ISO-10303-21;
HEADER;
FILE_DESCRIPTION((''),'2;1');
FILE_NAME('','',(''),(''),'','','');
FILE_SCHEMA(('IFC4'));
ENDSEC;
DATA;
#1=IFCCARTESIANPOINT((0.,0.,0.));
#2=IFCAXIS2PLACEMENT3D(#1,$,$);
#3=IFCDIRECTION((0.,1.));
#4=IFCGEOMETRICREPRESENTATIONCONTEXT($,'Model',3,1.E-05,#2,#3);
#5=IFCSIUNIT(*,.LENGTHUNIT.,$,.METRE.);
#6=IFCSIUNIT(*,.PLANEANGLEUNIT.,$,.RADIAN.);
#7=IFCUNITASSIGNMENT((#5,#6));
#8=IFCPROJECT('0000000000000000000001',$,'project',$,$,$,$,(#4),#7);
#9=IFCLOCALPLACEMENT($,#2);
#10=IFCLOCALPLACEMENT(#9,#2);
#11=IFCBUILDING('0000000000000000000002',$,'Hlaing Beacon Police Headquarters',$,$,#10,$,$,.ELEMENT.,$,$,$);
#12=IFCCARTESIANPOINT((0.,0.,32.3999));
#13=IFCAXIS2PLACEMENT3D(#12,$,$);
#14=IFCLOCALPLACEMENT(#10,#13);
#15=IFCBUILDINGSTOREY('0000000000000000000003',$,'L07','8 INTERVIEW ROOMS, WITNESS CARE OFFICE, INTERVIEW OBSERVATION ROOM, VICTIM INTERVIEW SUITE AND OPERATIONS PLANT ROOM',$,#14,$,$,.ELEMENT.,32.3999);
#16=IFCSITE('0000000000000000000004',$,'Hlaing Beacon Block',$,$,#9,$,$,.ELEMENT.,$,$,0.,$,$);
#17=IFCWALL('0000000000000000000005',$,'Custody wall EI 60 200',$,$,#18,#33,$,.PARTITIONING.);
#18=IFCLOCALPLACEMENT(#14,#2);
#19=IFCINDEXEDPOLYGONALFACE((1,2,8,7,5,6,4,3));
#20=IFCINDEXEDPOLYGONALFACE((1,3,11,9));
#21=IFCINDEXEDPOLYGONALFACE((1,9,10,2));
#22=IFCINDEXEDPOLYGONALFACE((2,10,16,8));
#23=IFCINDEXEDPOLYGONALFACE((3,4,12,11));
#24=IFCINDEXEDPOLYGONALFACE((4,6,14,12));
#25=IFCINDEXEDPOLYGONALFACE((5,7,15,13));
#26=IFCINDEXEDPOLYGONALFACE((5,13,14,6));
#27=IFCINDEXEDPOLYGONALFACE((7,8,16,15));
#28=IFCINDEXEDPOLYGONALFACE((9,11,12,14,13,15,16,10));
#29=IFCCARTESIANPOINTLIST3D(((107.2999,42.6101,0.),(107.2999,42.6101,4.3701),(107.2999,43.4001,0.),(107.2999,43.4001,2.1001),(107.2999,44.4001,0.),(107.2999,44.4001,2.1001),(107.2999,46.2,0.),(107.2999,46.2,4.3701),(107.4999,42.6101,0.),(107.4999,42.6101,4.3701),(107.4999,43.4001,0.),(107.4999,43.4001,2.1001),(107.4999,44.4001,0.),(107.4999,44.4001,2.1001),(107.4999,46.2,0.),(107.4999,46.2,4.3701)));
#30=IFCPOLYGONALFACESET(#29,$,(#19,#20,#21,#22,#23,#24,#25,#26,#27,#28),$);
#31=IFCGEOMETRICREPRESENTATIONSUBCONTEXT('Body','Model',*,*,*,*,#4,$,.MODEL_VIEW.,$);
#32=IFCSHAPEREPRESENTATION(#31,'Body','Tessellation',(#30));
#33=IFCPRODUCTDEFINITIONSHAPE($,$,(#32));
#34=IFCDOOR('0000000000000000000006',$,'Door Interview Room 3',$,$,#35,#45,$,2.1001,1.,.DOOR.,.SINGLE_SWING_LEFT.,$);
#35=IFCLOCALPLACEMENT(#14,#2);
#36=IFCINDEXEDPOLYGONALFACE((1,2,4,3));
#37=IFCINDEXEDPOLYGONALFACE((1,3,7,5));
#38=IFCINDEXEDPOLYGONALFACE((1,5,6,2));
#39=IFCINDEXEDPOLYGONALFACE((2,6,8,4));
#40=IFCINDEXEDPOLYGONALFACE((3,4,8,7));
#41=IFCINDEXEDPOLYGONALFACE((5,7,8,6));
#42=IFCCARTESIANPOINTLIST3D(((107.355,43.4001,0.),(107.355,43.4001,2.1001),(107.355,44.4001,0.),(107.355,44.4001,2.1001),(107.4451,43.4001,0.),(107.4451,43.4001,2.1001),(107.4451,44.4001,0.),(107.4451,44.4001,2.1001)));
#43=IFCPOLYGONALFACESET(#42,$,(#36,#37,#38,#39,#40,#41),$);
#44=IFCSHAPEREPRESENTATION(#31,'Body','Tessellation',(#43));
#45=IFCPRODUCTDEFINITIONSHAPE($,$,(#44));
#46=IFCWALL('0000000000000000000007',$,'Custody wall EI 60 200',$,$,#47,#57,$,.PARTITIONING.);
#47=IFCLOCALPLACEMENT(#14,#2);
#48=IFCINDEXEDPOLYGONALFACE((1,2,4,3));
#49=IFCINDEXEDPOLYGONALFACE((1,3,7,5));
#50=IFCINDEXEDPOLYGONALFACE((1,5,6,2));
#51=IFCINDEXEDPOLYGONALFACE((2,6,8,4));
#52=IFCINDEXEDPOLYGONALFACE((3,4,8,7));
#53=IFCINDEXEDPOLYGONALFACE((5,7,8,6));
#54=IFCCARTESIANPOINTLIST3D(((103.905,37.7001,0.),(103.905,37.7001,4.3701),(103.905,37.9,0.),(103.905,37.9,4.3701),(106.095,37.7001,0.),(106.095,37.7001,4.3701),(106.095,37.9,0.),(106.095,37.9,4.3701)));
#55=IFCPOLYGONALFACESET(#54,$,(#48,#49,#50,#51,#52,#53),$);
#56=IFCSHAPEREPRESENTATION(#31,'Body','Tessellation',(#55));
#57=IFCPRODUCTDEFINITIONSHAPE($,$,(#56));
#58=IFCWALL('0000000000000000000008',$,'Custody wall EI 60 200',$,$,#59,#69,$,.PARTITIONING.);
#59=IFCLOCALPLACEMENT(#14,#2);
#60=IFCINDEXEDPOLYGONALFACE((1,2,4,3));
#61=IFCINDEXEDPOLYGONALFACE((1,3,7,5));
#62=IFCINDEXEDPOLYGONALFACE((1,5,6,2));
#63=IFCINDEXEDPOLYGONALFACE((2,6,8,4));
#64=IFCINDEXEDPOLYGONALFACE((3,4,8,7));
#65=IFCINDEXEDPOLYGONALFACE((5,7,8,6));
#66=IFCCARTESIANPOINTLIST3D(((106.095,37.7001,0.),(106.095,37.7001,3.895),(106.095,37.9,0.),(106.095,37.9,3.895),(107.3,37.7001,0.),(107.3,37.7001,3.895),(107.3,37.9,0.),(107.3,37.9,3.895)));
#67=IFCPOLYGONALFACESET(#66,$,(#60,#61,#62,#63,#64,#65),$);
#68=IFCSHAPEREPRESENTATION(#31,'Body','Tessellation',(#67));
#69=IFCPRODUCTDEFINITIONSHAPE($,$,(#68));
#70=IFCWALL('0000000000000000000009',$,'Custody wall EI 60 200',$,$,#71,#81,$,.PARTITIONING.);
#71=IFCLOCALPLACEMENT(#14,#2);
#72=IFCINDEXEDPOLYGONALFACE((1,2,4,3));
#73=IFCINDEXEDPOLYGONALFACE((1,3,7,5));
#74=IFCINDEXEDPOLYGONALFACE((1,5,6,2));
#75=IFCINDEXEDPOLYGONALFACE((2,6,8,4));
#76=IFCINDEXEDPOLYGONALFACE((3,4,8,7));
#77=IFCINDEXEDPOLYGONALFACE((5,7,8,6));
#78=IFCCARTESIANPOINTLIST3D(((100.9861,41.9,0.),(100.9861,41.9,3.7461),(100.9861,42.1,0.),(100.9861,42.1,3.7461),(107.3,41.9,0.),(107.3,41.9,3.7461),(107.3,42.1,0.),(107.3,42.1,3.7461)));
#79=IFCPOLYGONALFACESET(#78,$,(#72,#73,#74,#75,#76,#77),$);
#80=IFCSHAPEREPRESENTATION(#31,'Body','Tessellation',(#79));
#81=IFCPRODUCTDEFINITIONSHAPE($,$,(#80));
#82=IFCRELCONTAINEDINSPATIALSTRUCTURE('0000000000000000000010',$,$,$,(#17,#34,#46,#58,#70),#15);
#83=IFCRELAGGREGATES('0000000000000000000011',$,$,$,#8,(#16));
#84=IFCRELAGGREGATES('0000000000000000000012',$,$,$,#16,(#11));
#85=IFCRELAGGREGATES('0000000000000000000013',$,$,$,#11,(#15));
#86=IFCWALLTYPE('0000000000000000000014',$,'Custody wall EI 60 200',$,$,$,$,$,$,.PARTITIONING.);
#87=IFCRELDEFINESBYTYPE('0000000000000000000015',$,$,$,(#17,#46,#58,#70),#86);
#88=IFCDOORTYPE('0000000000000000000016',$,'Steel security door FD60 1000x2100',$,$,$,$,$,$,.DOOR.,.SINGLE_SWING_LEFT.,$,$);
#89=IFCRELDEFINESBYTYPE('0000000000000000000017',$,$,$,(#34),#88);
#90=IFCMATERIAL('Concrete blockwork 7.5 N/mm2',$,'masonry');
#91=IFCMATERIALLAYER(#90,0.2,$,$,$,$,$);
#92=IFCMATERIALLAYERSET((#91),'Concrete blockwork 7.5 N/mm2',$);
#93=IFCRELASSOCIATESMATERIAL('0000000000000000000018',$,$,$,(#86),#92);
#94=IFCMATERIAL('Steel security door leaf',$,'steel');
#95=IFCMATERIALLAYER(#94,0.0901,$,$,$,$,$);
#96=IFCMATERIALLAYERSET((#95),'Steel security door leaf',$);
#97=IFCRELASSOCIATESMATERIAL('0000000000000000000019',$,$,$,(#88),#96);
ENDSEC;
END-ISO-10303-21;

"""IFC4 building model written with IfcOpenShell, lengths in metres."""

from ifc_helpers import new_model, si_unit, direction, frame, frame_2d, origin, place, context, subcontext, project, spatial, rectangle, extrude, material, layer, layer_set, type_object, element, fill, save


model = new_model("IFC4")

# Units and contexts
model_context = context("Model", 3, precision=1e-05, world=origin(), true_north=direction((0.0, 1.0)))
body_context = subcontext(model_context, "Body", "Model", "MODEL_VIEW")
ifc_project = project(units=[si_unit("LENGTHUNIT", "METRE"), si_unit("PLANEANGLEUNIT", "RADIAN")], contexts=[model_context])

# Site, building, storey
site_placement = place(None, origin())
site = spatial("IfcSite", under=ifc_project, at=site_placement, Name="Hlaing Beacon Block", CompositionType="ELEMENT", RefElevation=0.0)
building_placement = place(site_placement, origin())
building = spatial("IfcBuilding", under=site, at=building_placement, Name="Hlaing Beacon Police Headquarters", CompositionType="ELEMENT")
storey_placement = place(building_placement, frame((0.0, 0.0, 32.3999)))
storey = spatial("IfcBuildingStorey", under=building, at=storey_placement, Name="L07", Description="8 INTERVIEW ROOMS, WITNESS CARE OFFICE, INTERVIEW OBSERVATION ROOM, VICTIM INTERVIEW SUITE AND OPERATIONS PLANT ROOM", CompositionType="ELEMENT", Elevation=32.3999)

# Shared definitions
ifc_material_1 = material(Name="Concrete blockwork 7.5 N/mm2", Category="masonry")
ifc_layer_1 = layer(ifc_material_1, 0.2)
ifc_layer_set_1 = layer_set([ifc_layer_1], Name="Concrete blockwork 7.5 N/mm2")
wall_type_1 = type_object("IfcWallType", Name="Custody wall EI 60 200", PredefinedType="PARTITIONING", material=ifc_layer_set_1)
ifc_material_2 = material(Name="Steel security door leaf", Category="steel")
ifc_layer_2 = layer(ifc_material_2, 0.0901)
ifc_layer_set_2 = layer_set([ifc_layer_2], Name="Steel security door leaf")
door_type = type_object("IfcDoorType", Name="Steel security door FD60 1000x2100", OperationType="SINGLE_SWING_LEFT", PredefinedType="DOOR", material=ifc_layer_set_2)

# Wall, opening, door
wall_1_placement = place(storey_placement, frame((107.3999, 42.6101, 0.0), z_axis=(0.0, 0.0, 1.0), x_axis=(0.0, 1.0, 0.0)))
wall_1 = element("IfcWall", 1, at=wall_1_placement, inside=storey, type_object=wall_type_1, Name="Custody wall EI 60 200", PredefinedType="PARTITIONING", context=body_context, shape_type="SweptSolid", body=[
    extrude(rectangle(XDim=3.5898, YDim=0.2, at=frame_2d((1.7949, 0.0))), origin(), (0.0, 0.0, 1.0), 4.3701),
])
opening_1_placement = place(wall_1_placement, frame((0.79, 0.0, 0.0)))
opening_1 = element("IfcOpeningElement", 2, at=opening_1_placement, cuts=wall_1, PredefinedType="OPENING", context=body_context, shape_type="SweptSolid", body=[
    extrude(rectangle(XDim=1.0, YDim=2.1001, at=frame_2d((0.5, 1.05))), frame((0.0, 0.1099, 0.0), z_axis=(0.0, -1.0, 0.0), x_axis=(1.0, 0.0, 0.0)), (0.0, 0.0, 1.0), 0.22),
])
door_1_placement = place(opening_1_placement, origin())
door_1 = element("IfcDoor", 3, at=door_1_placement, inside=storey, type_object=door_type, Name="Door Interview Room 3", OperationType="SINGLE_SWING_LEFT", OverallHeight=2.1001, OverallWidth=1.0, PredefinedType="DOOR", context=body_context, shape_type="SweptSolid", body=[
    extrude(rectangle(XDim=1.0, YDim=2.1001, at=frame_2d((0.5, 1.05))), frame((0.0, 0.0449, 0.0), z_axis=(0.0, -1.0, 0.0), x_axis=(1.0, 0.0, 0.0)), (0.0, 0.0, 1.0), 0.0901),
])
fill(opening_1, door_1)

# Walls
wall_2_placement = place(storey_placement, frame((103.905, 37.8, 0.0), z_axis=(0.0, 0.0, 1.0), x_axis=(1.0, 0.0, 0.0)))
element("IfcWall", 4, at=wall_2_placement, inside=storey, type_object=wall_type_1, Name="Custody wall EI 60 200", PredefinedType="PARTITIONING", context=body_context, shape_type="SweptSolid", body=[
    extrude(rectangle(XDim=2.1899, YDim=0.2, at=frame_2d((1.095, 0.0))), origin(), (0.0, 0.0, 1.0), 4.3701),
])
wall_3_placement = place(storey_placement, frame((106.095, 37.8, 0.0), z_axis=(0.0, 0.0, 1.0), x_axis=(1.0, 0.0, 0.0)))
element("IfcWall", 5, at=wall_3_placement, inside=storey, type_object=wall_type_1, Name="Custody wall EI 60 200", PredefinedType="PARTITIONING", context=body_context, shape_type="SweptSolid", body=[
    extrude(rectangle(XDim=1.2051, YDim=0.2, at=frame_2d((0.6025, 0.0))), origin(), (0.0, 0.0, 1.0), 3.895),
])
wall_4_placement = place(storey_placement, frame((100.9861, 42.0, 0.0), z_axis=(0.0, 0.0, 1.0), x_axis=(1.0, 0.0, 0.0)))
element("IfcWall", 6, at=wall_4_placement, inside=storey, type_object=wall_type_1, Name="Custody wall EI 60 200", PredefinedType="PARTITIONING", context=body_context, shape_type="SweptSolid", body=[
    extrude(rectangle(XDim=6.314, YDim=0.2, at=frame_2d((3.157, 0.0))), origin(), (0.0, 0.0, 1.0), 3.7461),
])

save(model, "model.ifc")
